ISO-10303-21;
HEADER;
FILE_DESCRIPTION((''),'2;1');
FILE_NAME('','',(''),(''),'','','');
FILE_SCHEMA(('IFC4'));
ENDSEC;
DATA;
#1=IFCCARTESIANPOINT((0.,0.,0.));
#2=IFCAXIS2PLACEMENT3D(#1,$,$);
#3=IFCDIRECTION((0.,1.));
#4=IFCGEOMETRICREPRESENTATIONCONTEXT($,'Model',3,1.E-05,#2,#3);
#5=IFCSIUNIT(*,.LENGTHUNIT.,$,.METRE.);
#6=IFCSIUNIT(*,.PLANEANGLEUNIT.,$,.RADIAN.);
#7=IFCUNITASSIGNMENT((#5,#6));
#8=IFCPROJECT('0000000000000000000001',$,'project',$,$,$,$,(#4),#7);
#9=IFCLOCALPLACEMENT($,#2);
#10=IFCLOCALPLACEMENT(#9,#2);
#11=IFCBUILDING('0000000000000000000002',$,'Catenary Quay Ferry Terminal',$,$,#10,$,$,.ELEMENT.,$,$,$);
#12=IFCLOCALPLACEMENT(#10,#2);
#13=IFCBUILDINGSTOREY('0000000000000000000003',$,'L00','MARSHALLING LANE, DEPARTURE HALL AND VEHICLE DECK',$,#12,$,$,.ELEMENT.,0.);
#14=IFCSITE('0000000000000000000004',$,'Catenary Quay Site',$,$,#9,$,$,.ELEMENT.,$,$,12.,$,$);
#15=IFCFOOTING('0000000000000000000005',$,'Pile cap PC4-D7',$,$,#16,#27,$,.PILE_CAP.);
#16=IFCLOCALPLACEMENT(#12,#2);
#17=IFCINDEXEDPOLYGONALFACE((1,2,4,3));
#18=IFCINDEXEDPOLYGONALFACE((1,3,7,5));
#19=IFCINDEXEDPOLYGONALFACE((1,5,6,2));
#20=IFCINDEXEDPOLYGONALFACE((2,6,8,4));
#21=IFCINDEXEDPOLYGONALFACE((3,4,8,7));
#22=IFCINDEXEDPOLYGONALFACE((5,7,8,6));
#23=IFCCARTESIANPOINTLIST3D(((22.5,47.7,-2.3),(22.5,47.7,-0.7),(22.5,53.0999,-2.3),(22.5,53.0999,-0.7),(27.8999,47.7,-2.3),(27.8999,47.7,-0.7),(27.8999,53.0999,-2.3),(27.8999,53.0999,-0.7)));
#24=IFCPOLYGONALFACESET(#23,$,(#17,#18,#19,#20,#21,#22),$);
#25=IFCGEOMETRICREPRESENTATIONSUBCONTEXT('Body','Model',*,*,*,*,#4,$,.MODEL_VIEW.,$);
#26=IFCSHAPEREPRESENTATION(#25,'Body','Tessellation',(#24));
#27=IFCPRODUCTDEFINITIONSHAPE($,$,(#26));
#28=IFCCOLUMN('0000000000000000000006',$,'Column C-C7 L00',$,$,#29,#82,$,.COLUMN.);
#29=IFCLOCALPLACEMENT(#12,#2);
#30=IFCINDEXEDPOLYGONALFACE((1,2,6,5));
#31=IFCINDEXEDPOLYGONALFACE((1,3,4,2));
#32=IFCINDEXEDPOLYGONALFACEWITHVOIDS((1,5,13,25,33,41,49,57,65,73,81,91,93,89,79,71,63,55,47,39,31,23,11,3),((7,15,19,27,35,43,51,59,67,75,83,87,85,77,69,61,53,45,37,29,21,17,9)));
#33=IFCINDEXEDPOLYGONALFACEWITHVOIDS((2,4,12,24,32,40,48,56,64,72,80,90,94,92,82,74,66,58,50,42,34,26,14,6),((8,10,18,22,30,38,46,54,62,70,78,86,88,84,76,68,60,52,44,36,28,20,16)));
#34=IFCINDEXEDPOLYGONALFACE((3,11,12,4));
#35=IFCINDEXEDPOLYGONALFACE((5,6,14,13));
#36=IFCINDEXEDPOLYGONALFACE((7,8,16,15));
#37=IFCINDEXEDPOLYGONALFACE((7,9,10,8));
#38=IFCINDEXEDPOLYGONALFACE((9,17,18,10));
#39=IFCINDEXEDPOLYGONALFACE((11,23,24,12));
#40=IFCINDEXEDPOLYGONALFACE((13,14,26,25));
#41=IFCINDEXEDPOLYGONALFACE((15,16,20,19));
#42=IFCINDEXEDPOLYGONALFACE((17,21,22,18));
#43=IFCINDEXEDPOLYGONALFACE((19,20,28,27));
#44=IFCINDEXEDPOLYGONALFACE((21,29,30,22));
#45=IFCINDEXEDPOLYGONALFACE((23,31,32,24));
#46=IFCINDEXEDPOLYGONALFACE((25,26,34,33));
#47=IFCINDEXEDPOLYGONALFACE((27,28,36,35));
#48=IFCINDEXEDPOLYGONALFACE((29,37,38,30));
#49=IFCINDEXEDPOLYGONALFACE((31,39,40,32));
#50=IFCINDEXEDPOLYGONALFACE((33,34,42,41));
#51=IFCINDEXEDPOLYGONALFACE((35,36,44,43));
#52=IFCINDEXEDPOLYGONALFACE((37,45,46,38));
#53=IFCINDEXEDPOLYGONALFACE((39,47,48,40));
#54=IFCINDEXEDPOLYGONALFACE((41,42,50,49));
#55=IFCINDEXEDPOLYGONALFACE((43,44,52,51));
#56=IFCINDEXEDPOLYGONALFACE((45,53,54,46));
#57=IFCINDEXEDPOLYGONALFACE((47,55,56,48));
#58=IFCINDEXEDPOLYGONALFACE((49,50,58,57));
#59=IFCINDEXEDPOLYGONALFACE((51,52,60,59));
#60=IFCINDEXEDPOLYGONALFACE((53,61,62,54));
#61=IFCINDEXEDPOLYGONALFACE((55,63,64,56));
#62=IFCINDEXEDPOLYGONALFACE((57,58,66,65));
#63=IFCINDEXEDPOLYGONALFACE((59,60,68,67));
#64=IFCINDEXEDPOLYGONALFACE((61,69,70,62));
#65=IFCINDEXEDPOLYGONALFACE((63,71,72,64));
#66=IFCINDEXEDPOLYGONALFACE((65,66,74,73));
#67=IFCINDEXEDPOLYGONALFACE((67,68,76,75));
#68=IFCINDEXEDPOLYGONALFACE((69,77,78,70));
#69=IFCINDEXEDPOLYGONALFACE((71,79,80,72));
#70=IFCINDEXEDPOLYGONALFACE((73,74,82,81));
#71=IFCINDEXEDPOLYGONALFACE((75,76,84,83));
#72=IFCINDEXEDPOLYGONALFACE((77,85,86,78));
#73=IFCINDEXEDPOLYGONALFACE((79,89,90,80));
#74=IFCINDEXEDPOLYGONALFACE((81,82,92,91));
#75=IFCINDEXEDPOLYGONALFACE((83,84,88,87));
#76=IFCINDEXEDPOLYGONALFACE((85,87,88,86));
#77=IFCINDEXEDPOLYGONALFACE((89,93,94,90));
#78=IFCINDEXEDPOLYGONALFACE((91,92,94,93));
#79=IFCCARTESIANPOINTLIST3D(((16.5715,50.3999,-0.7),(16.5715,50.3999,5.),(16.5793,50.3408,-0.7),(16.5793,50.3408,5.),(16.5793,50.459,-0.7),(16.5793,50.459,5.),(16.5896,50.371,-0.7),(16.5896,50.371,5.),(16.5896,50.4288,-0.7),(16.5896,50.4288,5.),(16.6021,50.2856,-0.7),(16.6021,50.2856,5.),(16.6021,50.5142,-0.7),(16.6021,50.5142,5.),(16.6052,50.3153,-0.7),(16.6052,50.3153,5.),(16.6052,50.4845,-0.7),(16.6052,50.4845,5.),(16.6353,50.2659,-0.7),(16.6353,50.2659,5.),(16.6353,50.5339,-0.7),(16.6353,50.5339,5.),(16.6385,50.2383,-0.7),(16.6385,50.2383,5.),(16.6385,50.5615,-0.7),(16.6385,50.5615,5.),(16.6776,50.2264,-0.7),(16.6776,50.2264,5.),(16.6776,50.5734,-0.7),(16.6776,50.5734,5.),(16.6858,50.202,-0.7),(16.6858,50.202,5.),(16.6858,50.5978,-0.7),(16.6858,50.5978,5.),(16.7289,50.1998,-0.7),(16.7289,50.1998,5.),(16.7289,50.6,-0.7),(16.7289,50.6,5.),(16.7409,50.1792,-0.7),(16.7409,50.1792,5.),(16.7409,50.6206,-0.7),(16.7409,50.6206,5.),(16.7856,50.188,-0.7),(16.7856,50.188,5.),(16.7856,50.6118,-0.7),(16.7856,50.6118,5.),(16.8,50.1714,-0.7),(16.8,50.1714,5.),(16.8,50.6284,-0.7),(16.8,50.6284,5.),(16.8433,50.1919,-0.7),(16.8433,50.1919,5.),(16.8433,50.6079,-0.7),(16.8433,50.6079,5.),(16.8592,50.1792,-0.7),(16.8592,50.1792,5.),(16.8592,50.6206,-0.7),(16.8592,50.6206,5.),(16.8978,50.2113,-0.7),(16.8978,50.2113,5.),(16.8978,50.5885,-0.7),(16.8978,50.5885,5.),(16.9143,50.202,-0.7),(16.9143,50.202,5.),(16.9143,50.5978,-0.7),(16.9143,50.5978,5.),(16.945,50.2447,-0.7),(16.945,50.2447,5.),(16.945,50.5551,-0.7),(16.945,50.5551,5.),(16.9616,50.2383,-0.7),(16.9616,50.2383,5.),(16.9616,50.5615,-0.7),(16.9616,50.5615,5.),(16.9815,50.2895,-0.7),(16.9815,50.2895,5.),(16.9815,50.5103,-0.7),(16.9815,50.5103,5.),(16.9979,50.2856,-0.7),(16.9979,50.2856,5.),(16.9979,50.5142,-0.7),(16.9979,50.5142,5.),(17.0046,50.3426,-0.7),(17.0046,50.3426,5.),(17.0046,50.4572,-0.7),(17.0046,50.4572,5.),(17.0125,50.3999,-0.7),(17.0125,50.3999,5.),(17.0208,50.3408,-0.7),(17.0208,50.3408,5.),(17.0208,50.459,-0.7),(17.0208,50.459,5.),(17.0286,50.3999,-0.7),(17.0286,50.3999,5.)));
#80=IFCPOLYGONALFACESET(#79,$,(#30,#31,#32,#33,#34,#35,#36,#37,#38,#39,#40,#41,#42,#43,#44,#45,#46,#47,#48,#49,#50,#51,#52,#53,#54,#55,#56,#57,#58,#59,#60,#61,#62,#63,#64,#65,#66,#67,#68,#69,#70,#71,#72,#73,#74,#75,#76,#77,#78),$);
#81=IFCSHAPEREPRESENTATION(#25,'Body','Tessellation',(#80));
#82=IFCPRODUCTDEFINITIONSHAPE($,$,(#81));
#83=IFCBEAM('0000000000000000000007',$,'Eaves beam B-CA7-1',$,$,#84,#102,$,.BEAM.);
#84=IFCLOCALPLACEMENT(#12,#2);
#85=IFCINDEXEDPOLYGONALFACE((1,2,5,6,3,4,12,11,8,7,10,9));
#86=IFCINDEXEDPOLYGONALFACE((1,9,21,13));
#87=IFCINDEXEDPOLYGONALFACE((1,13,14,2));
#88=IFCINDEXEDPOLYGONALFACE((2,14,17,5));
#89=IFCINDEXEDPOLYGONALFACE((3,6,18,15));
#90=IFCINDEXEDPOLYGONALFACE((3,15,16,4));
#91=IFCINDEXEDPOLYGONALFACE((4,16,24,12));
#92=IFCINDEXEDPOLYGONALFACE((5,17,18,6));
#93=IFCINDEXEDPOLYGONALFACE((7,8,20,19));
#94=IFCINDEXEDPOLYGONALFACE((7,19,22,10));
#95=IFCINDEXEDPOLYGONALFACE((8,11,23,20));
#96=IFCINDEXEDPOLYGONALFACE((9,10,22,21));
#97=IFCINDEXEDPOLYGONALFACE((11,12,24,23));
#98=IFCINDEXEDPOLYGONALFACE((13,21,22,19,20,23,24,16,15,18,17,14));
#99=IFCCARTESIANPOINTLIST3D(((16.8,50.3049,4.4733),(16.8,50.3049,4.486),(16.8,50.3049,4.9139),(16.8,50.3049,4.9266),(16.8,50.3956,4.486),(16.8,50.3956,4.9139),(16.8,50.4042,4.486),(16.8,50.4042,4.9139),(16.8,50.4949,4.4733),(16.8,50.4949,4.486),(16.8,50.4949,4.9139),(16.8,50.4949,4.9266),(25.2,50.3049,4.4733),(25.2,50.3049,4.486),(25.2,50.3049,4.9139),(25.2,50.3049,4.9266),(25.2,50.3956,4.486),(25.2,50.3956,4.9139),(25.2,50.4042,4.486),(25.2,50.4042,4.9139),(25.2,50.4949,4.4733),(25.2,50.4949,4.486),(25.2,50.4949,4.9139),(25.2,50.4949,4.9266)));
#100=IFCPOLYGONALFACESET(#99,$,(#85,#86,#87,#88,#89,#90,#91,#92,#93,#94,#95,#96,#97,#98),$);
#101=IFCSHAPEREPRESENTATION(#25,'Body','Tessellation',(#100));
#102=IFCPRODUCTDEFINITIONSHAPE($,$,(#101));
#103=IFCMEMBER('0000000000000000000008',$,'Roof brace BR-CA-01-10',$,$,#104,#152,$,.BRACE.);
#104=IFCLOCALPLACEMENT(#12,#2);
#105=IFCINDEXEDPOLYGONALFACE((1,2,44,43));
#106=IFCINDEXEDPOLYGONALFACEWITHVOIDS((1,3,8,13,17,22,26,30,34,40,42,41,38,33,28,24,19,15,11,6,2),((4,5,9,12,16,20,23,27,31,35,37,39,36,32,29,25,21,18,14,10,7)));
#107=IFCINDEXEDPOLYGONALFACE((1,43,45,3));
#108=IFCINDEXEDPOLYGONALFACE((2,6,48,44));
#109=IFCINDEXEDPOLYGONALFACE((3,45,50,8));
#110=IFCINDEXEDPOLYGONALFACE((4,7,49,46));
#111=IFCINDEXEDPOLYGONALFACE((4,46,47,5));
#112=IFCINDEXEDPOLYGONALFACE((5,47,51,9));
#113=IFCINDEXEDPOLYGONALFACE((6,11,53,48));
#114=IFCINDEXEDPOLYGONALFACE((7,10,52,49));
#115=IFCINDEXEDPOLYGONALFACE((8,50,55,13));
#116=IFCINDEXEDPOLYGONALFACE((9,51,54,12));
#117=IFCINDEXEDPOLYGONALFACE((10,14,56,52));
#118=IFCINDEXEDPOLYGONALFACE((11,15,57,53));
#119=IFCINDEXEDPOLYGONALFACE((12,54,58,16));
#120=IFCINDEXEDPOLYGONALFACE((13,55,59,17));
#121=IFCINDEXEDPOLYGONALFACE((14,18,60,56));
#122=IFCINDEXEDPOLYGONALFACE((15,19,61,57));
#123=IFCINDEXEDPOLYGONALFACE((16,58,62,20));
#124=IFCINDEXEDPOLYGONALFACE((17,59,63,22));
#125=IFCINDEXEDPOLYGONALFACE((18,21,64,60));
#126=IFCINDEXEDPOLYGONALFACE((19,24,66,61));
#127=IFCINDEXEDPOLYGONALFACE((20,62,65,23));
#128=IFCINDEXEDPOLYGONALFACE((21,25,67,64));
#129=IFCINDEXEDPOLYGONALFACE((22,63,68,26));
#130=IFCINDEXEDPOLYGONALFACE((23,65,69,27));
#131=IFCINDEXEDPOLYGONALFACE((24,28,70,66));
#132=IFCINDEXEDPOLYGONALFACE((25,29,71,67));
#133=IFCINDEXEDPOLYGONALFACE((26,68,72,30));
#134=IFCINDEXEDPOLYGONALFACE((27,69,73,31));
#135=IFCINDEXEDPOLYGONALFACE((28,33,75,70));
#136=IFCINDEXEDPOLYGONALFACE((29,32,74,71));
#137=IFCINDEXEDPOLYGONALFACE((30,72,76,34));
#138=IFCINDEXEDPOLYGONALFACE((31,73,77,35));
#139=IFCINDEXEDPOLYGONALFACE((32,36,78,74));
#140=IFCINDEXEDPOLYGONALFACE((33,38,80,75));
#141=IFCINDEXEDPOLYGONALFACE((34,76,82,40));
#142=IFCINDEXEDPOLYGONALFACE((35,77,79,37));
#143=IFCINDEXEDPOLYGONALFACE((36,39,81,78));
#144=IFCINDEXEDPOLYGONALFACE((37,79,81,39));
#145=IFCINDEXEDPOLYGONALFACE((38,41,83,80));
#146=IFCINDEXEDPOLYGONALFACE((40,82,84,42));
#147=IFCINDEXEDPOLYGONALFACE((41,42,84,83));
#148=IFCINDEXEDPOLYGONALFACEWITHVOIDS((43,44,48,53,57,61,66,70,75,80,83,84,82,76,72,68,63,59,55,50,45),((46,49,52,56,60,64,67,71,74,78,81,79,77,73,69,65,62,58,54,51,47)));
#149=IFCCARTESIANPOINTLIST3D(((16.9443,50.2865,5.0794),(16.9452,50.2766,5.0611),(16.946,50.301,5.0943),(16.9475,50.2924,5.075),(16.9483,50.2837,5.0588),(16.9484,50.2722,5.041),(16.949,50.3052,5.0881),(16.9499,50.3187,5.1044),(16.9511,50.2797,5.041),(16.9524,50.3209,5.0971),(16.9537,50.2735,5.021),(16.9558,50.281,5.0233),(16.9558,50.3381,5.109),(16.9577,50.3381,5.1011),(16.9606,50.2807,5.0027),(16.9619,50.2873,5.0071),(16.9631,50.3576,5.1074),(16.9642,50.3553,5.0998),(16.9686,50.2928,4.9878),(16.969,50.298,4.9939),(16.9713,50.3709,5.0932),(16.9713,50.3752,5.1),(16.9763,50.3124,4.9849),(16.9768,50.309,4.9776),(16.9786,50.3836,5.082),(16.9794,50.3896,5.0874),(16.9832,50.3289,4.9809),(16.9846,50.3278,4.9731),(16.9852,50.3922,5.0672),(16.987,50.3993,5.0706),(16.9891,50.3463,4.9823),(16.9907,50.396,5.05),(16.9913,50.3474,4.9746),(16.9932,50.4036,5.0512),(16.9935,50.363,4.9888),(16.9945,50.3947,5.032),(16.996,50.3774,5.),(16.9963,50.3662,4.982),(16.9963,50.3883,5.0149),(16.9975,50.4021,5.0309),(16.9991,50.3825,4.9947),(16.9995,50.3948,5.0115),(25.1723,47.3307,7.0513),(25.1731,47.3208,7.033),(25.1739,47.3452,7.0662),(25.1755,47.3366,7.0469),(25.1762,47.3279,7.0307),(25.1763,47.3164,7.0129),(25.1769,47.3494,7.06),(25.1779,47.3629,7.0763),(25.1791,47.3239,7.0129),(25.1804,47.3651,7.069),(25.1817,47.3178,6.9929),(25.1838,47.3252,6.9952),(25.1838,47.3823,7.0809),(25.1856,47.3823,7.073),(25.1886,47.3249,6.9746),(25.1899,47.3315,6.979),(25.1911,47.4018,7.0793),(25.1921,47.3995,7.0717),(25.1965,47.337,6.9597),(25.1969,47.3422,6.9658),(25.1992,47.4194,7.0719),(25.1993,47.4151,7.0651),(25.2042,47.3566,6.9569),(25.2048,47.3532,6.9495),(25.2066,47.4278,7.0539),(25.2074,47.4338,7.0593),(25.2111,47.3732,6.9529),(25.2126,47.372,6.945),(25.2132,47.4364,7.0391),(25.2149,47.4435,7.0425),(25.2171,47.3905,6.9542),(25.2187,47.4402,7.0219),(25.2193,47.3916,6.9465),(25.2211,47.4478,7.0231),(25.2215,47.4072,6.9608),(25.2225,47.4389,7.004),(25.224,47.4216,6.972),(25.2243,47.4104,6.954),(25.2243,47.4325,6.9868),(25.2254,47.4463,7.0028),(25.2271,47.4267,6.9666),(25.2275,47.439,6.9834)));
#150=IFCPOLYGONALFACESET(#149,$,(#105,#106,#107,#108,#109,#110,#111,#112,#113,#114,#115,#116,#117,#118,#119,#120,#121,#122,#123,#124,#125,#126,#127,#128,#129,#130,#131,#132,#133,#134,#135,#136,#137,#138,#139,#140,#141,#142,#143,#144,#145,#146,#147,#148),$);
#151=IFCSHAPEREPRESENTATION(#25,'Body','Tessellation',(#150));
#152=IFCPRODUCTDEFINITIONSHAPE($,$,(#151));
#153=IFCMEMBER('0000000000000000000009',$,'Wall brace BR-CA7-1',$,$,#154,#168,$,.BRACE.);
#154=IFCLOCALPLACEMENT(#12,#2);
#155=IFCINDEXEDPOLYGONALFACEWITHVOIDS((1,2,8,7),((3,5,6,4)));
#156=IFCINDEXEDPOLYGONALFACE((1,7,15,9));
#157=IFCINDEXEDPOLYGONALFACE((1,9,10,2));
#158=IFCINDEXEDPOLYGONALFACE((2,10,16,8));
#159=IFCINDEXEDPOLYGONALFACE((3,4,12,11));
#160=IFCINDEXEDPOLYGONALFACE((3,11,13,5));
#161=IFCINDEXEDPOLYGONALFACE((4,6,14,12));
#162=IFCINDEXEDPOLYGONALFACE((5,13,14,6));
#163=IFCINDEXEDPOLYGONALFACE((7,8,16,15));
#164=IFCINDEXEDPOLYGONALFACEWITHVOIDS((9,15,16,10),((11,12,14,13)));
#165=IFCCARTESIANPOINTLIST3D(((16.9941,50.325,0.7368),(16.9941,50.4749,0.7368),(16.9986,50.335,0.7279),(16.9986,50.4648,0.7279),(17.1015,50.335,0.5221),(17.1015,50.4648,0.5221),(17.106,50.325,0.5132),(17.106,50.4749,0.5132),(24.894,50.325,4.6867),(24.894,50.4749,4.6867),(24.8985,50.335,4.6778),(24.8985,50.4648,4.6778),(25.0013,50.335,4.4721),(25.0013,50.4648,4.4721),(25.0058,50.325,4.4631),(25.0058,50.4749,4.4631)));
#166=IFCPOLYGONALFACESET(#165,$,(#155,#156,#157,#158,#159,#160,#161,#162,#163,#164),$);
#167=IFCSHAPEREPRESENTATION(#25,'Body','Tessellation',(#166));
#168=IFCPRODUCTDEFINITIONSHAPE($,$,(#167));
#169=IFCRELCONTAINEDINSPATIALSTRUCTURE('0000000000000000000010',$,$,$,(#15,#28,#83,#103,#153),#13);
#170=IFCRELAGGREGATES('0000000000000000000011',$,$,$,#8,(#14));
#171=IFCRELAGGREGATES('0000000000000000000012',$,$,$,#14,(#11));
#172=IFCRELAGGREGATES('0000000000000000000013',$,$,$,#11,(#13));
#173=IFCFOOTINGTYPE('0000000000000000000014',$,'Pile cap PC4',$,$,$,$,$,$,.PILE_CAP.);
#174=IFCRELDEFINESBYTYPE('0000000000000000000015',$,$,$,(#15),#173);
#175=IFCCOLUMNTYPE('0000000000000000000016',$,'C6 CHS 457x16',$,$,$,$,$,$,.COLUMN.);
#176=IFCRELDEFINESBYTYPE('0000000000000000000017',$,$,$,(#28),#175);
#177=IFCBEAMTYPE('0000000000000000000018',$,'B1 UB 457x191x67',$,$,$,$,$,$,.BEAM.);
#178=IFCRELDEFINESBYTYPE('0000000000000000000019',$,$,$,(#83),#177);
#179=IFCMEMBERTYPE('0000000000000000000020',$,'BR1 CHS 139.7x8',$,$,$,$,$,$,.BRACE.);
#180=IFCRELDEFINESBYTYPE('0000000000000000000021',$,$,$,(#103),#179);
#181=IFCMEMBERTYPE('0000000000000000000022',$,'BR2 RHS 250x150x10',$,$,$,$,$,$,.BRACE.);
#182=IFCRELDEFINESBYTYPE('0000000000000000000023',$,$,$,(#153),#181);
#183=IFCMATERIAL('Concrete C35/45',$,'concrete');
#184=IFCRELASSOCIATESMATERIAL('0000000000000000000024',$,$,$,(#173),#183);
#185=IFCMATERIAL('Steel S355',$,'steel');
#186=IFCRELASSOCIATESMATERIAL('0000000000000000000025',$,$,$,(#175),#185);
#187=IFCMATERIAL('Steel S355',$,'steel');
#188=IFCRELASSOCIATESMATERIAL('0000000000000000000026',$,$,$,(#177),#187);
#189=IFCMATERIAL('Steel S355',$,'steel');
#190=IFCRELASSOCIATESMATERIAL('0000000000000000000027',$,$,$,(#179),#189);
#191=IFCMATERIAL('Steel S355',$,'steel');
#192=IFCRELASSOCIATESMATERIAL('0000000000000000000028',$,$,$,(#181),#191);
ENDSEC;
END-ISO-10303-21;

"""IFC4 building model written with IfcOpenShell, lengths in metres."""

from ifc_helpers import new_model, si_unit, direction, frame, origin, origin_2d, place, context, subcontext, project, spatial, rectangle, hollow_rectangle, hollow_circle, i_section, extrude, material, material_profile, profile_set, type_object, element, save


model = new_model("IFC4")

# Units and contexts
model_context = context("Model", 3, precision=1e-05, world=origin(), true_north=direction((0.0, 1.0)))
body_context = subcontext(model_context, "Body", "Model", "MODEL_VIEW")
ifc_project = project(units=[si_unit("LENGTHUNIT", "METRE"), si_unit("PLANEANGLEUNIT", "RADIAN")], contexts=[model_context])

# Site, building, storey
site_placement = place(None, origin())
site = spatial("IfcSite", under=ifc_project, at=site_placement, Name="Catenary Quay Site", CompositionType="ELEMENT", RefElevation=12.0)
building_placement = place(site_placement, origin())
building = spatial("IfcBuilding", under=site, at=building_placement, Name="Catenary Quay Ferry Terminal", CompositionType="ELEMENT")
storey_placement = place(building_placement, origin())
storey = spatial("IfcBuildingStorey", under=building, at=storey_placement, Name="L00", Description="MARSHALLING LANE, DEPARTURE HALL AND VEHICLE DECK", CompositionType="ELEMENT", Elevation=0.0)

# Footing
ifc_material_1 = material(Name="Concrete C35/45", Category="concrete")
footing_type_1 = type_object("IfcFootingType", Name="Pile cap PC4", PredefinedType="PILE_CAP", material=ifc_material_1)
for number, where, z_axis, x_axis, name in (
    (1, (25.2, 50.3999, -2.3), (0.0, 0.0, 1.0), (1.0, 0.0, 0.0), "Pile cap PC4-D7"),
):
    element("IfcFooting", number, at=place(storey_placement, frame(where, z_axis=z_axis, x_axis=x_axis)), inside=storey, type_object=footing_type_1, Name=name, PredefinedType="PILE_CAP", context=body_context, shape_type="SweptSolid", body=[
        extrude(rectangle(XDim=5.3999, YDim=5.3999, at=origin_2d()), origin(), (0.0, 0.0, 1.0), 1.6001),
    ])

# Column
ifc_material_2 = material(Name="Steel S355", Category="steel")
ifc_material_profile_1 = material_profile(ifc_material_2, hollow_circle(Radius=0.2285, WallThickness=0.0161, at=origin_2d()), Name="CHS 457x16")
ifc_profile_set_1 = profile_set([ifc_material_profile_1], Name="Steel S355")
column_type = type_object("IfcColumnType", Name="C6 CHS 457x16", PredefinedType="COLUMN", material=ifc_profile_set_1)
column_placement = place(storey_placement, frame((16.8, 50.3999, -0.7), z_axis=(0.0, 0.0, 1.0), x_axis=(1.0, 0.0, 0.0)))
element("IfcColumn", 2, at=column_placement, inside=storey, type_object=column_type, Name="Column C-C7 L00", PredefinedType="COLUMN", context=body_context, shape_type="SweptSolid", body=[
    extrude(hollow_circle(Radius=0.2285, WallThickness=0.0161, at=origin_2d()), origin(), (0.0, 0.0, 1.0), 5.7),
])

# Beam
ifc_material_3 = material(Name="Steel S355", Category="steel")
ifc_material_profile_2 = material_profile(ifc_material_3, i_section(OverallWidth=0.1899, OverallDepth=0.4534, WebThickness=0.0085, FlangeThickness=0.0127, at=origin_2d()), Name="UB 457x191x67")
ifc_profile_set_2 = profile_set([ifc_material_profile_2], Name="Steel S355")
beam_type = type_object("IfcBeamType", Name="B1 UB 457x191x67", PredefinedType="BEAM", material=ifc_profile_set_2)
beam_placement = place(storey_placement, frame((16.8, 50.3999, 4.7), z_axis=(1.0, 0.0, 0.0), x_axis=(0.0, 1.0, 0.0)))
element("IfcBeam", 3, at=beam_placement, inside=storey, type_object=beam_type, Name="Eaves beam B-CA7-1", PredefinedType="BEAM", context=body_context, shape_type="SweptSolid", body=[
    extrude(i_section(OverallWidth=0.1899, OverallDepth=0.4534, WebThickness=0.0085, FlangeThickness=0.0127, at=origin_2d()), origin(), (0.0, 0.0, 1.0), 8.3999),
])

# Members
ifc_material_4 = material(Name="Steel S355", Category="steel")
ifc_material_profile_3 = material_profile(ifc_material_4, hollow_circle(Radius=0.0698, WallThickness=0.0081, at=origin_2d()), Name="CHS 139.7x8")
ifc_profile_set_3 = profile_set([ifc_material_profile_3], Name="Steel S355")
member_type_1 = type_object("IfcMemberType", Name="BR1 CHS 139.7x8", PredefinedType="BRACE", material=ifc_profile_set_3)
member_1_placement = place(storey_placement, frame((25.2, 47.3821, 7.0129), z_axis=(-0.918054, 0.329799, -0.22002), x_axis=(-0.338084, -0.941116, 0.0)))
element("IfcMember", 4, at=member_1_placement, inside=storey, type_object=member_type_1, Name="Roof brace BR-CA-01-10", PredefinedType="BRACE", context=body_context, shape_type="SweptSolid", body=[
    extrude(hollow_circle(Radius=0.0698, WallThickness=0.0081, at=origin_2d()), origin(), (0.0, 0.0, 1.0), 8.9624),
])
ifc_material_5 = material(Name="Steel S355", Category="steel")
ifc_material_profile_4 = material_profile(ifc_material_5, hollow_rectangle(XDim=0.1499, YDim=0.25, WallThickness=0.01, at=origin_2d()), Name="RHS 250x150x10")
ifc_profile_set_4 = profile_set([ifc_material_profile_4], Name="Steel S355")
member_type_2 = type_object("IfcMemberType", Name="BR2 RHS 250x150x10", PredefinedType="BRACE", material=ifc_profile_set_4)
member_2_placement = place(storey_placement, frame((17.05, 50.3999, 0.625), z_axis=(0.894427, 0.0, 0.447214), x_axis=(0.0, 1.0, 0.0)))
element("IfcMember", 5, at=member_2_placement, inside=storey, type_object=member_type_2, Name="Wall brace BR-CA7-1", PredefinedType="BRACE", context=body_context, shape_type="SweptSolid", body=[
    extrude(hollow_rectangle(XDim=0.1499, YDim=0.25, WallThickness=0.01, at=origin_2d()), origin(), (0.0, 0.0, 1.0), 8.8323),
])

save(model, "model.ifc")
